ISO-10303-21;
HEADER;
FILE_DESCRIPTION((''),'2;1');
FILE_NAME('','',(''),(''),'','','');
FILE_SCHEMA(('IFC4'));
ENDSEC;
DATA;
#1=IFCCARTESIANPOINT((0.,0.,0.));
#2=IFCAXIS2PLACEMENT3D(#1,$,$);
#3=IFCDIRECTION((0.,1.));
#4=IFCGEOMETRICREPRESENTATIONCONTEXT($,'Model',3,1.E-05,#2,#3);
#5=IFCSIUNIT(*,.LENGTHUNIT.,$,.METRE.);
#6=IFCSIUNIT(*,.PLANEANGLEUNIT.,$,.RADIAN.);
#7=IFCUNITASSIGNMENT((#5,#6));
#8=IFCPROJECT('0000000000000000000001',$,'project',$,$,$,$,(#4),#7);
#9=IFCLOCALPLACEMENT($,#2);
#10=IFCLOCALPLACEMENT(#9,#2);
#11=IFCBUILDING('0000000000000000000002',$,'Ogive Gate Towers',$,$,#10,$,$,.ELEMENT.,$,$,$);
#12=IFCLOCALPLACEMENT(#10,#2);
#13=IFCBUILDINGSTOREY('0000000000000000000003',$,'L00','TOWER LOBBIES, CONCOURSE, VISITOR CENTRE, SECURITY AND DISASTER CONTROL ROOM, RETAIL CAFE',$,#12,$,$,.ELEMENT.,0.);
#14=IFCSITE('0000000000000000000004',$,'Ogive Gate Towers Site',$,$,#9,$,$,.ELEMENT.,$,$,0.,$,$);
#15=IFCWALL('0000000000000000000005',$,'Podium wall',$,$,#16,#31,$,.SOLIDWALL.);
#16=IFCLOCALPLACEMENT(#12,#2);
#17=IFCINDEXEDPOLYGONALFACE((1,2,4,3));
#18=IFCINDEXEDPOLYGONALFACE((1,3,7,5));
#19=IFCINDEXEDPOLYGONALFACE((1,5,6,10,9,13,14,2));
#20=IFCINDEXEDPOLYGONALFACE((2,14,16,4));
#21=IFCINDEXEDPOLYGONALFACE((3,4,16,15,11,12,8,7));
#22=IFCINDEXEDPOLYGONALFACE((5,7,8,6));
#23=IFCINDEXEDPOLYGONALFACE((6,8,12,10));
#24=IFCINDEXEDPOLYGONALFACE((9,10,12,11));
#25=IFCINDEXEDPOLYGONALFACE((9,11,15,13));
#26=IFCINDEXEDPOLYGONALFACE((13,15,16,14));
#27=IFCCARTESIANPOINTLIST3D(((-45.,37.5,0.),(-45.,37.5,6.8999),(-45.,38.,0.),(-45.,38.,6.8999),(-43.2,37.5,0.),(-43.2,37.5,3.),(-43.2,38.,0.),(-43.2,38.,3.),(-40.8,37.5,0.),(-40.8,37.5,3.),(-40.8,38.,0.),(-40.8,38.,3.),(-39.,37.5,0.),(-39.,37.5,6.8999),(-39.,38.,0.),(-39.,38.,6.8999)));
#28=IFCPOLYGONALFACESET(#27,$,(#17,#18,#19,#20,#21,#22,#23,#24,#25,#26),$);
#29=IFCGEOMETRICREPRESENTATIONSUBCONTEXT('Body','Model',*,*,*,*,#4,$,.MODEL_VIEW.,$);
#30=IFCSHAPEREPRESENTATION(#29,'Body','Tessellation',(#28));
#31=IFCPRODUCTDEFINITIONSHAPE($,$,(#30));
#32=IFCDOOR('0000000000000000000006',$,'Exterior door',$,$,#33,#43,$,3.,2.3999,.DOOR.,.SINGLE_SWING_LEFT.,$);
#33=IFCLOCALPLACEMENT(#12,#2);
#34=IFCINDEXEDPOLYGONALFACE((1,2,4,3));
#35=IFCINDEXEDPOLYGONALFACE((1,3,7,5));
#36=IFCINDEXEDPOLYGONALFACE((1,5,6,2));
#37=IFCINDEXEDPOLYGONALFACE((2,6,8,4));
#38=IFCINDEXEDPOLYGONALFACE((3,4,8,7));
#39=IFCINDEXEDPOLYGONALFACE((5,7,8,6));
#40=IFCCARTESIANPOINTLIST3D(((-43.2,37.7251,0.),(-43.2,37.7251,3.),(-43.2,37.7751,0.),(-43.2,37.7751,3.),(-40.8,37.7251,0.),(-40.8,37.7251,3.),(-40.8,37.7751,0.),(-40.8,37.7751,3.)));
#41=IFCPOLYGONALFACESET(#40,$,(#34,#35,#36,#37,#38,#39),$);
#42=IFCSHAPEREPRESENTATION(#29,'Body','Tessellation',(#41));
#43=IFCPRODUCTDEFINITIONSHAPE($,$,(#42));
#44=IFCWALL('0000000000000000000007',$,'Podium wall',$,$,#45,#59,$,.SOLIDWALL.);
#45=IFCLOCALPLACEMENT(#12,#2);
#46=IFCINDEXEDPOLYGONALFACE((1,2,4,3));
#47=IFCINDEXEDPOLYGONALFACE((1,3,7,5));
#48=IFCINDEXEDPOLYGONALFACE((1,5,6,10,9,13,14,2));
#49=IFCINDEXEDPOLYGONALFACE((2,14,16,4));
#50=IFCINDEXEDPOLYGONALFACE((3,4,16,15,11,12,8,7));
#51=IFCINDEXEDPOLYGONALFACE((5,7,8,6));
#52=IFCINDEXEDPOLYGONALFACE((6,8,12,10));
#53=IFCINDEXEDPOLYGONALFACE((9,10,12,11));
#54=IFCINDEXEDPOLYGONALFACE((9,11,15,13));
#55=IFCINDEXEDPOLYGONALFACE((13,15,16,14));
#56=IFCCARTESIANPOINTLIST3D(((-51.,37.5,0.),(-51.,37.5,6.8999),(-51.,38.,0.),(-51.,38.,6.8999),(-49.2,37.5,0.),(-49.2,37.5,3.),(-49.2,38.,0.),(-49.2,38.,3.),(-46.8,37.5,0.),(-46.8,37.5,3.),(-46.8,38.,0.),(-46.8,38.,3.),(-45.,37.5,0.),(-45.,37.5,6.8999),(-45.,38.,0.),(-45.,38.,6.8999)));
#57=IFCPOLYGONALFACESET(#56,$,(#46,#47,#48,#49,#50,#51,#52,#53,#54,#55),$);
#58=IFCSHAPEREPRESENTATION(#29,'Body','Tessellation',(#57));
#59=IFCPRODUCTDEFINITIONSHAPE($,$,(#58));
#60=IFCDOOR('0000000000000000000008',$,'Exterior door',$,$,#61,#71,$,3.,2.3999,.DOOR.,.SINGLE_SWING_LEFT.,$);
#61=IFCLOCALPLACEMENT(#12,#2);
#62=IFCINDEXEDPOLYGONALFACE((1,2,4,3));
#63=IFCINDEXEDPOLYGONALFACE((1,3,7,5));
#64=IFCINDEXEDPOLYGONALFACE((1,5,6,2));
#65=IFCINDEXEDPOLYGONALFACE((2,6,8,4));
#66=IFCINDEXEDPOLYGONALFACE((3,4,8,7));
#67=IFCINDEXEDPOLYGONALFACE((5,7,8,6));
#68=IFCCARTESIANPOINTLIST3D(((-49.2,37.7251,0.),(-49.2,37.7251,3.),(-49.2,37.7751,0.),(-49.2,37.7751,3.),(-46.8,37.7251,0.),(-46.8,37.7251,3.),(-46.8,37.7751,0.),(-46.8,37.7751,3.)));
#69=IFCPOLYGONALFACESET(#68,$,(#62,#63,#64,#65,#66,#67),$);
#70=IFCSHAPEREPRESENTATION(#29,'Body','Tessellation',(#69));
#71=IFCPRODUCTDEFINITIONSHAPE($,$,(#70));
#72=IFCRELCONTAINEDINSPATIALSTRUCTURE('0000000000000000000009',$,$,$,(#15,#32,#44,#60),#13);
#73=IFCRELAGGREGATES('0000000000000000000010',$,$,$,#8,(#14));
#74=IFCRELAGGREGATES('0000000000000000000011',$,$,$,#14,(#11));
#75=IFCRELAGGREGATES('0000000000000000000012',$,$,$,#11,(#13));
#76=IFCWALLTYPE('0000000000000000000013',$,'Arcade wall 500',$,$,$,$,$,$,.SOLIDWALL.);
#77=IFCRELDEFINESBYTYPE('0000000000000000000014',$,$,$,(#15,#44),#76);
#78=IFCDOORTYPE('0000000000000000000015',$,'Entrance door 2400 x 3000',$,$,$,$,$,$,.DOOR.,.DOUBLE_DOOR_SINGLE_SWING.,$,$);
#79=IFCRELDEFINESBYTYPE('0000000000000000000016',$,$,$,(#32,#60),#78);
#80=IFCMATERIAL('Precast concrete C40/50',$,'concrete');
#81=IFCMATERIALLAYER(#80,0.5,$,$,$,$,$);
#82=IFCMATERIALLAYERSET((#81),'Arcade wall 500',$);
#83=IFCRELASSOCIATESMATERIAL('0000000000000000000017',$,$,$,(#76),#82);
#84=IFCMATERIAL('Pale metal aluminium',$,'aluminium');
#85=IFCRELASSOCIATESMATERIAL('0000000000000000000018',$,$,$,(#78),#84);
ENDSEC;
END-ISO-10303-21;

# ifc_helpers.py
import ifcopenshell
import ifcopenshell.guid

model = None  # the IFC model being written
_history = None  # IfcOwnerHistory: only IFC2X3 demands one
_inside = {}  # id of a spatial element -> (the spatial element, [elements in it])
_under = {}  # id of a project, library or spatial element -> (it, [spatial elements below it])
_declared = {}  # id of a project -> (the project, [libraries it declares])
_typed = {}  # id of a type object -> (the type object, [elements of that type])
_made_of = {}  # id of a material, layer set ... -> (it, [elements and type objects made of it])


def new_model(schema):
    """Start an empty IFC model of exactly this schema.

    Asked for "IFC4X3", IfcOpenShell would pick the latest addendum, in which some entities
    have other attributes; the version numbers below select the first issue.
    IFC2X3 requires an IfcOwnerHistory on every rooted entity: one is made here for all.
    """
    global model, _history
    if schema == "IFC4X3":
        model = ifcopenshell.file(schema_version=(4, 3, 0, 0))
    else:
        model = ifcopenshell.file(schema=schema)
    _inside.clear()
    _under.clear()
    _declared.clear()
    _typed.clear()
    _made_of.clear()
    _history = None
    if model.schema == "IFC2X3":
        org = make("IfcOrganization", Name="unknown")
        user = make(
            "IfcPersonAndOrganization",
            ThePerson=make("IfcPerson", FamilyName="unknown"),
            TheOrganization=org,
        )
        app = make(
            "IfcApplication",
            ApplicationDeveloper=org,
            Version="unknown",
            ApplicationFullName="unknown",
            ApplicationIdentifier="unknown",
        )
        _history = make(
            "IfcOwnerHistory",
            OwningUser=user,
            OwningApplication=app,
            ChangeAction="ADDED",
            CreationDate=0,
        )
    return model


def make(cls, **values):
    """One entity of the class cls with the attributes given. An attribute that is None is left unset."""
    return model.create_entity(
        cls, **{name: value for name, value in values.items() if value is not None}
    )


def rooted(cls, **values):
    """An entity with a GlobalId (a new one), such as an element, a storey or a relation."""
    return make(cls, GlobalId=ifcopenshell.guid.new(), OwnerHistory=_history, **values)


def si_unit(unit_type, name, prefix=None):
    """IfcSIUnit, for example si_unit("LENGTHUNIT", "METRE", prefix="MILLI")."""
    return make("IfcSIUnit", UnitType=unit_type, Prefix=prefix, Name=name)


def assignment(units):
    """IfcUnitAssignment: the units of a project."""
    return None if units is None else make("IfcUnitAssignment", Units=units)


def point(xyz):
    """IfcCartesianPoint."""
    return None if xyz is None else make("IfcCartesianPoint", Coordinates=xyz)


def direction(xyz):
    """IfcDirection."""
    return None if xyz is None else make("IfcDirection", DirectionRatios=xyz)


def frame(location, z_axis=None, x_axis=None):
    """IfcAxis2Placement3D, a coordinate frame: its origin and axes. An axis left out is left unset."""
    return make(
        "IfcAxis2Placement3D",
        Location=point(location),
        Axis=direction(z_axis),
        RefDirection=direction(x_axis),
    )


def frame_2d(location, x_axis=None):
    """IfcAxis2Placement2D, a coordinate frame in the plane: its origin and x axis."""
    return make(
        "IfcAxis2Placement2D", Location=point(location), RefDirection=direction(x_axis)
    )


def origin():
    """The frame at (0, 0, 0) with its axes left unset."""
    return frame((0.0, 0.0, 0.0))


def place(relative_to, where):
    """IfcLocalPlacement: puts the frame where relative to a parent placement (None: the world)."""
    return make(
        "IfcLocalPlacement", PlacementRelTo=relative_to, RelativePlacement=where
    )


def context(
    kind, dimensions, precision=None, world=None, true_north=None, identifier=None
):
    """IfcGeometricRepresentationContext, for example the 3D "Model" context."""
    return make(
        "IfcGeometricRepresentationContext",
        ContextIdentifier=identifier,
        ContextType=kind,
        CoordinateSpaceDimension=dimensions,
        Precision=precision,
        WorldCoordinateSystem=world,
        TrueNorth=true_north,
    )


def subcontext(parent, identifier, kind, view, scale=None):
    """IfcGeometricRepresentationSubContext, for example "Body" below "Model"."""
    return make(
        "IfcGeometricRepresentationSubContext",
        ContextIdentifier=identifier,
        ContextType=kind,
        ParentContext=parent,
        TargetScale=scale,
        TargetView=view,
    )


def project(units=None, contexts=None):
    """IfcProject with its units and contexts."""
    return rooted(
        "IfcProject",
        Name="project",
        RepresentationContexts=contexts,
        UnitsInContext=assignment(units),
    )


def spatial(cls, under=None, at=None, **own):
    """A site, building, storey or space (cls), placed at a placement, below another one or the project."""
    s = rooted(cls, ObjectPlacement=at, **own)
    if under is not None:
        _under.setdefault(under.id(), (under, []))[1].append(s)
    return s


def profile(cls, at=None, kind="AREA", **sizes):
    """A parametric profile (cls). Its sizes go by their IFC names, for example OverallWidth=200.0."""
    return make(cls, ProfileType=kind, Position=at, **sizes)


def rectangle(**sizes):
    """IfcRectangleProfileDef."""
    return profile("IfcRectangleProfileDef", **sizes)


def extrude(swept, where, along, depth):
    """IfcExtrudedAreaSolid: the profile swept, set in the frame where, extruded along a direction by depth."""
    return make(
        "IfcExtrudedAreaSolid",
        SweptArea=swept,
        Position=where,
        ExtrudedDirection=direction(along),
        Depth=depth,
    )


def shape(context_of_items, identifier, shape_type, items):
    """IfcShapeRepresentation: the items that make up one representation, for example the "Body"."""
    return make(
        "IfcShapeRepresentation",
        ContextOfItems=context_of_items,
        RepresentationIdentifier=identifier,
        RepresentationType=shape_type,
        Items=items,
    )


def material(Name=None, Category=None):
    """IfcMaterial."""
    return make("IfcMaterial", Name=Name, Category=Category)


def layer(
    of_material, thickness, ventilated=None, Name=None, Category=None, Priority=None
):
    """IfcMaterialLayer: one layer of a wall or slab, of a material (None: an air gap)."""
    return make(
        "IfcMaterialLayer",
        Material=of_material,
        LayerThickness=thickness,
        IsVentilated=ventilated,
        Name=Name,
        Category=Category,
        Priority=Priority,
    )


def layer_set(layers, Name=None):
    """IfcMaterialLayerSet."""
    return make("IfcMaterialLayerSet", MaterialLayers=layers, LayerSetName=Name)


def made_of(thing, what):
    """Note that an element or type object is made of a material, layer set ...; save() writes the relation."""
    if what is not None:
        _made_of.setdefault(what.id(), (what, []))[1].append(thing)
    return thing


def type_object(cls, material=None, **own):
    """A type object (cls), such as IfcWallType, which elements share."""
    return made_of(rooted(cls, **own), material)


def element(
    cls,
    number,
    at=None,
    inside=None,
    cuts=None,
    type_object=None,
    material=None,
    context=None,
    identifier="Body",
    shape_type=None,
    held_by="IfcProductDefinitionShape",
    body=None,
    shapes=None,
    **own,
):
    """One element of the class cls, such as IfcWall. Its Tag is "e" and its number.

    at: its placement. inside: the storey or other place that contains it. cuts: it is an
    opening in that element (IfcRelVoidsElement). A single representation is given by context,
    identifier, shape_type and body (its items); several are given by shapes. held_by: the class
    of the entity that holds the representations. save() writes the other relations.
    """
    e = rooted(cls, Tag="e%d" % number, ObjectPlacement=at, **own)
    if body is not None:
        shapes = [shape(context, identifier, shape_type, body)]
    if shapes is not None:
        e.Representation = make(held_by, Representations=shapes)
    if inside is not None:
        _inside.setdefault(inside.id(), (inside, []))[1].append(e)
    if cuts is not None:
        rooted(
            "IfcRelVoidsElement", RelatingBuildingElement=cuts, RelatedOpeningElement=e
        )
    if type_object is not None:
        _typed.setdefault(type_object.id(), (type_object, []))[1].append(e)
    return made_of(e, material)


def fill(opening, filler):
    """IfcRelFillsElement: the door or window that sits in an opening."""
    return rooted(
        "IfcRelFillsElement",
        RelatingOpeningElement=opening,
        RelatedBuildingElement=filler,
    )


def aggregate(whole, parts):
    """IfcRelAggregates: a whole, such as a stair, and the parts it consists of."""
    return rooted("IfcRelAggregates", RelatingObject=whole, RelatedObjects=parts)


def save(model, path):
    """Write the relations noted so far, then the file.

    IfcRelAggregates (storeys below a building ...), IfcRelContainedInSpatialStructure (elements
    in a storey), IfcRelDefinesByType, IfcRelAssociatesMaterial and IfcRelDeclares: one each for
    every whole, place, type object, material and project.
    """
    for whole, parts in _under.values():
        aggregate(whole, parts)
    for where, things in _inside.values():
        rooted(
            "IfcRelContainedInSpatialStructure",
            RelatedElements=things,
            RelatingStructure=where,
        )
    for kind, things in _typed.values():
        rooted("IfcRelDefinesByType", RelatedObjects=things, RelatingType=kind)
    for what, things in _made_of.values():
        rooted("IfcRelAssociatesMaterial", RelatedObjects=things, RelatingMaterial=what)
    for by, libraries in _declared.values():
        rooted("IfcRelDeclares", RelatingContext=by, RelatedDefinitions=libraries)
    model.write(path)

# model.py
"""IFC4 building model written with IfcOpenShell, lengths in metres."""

from ifc_helpers import new_model, si_unit, direction, frame, frame_2d, origin, place, context, subcontext, project, spatial, rectangle, extrude, material, layer, layer_set, type_object, element, fill, save


model = new_model("IFC4")

# Units and contexts
model_context = context("Model", 3, precision=1e-05, world=origin(), true_north=direction((0.0, 1.0)))
body_context = subcontext(model_context, "Body", "Model", "MODEL_VIEW")
ifc_project = project(units=[si_unit("LENGTHUNIT", "METRE"), si_unit("PLANEANGLEUNIT", "RADIAN")], contexts=[model_context])

# Site, building, storey
site_placement = place(None, origin())
site = spatial("IfcSite", under=ifc_project, at=site_placement, Name="Ogive Gate Towers Site", CompositionType="ELEMENT", RefElevation=0.0)
building_placement = place(site_placement, origin())
building = spatial("IfcBuilding", under=site, at=building_placement, Name="Ogive Gate Towers", CompositionType="ELEMENT")
storey_placement = place(building_placement, origin())
storey = spatial("IfcBuildingStorey", under=building, at=storey_placement, Name="L00", Description="TOWER LOBBIES, CONCOURSE, VISITOR CENTRE, SECURITY AND DISASTER CONTROL ROOM, RETAIL CAFE", CompositionType="ELEMENT", Elevation=0.0)

# Shared definitions
ifc_material_1 = material(Name="Precast concrete C40/50", Category="concrete")

# Shared definitions
ifc_material_2 = material(Name="Pale metal aluminium", Category="aluminium")

# Shared definitions
ifc_layer = layer(ifc_material_1, 0.5)
ifc_layer_set = layer_set([ifc_layer], Name="Arcade wall 500")
wall_type = type_object("IfcWallType", Name="Arcade wall 500", PredefinedType="SOLIDWALL", material=ifc_layer_set)

# Shared definitions
door_type = type_object("IfcDoorType", Name="Entrance door 2400 x 3000", OperationType="DOUBLE_DOOR_SINGLE_SWING", PredefinedType="DOOR", material=ifc_material_2)

# Walls, openings, doors
wall_1_placement = place(storey_placement, frame((-39.0, 37.75, 0.0), z_axis=(0.0, 0.0, 1.0), x_axis=(-1.0, 0.0, 0.0)))
wall_1 = element("IfcWall", 1, at=wall_1_placement, inside=storey, type_object=wall_type, Name="Podium wall", PredefinedType="SOLIDWALL", context=body_context, shape_type="SweptSolid", body=[
    extrude(rectangle(XDim=6.0, YDim=0.5, at=frame_2d((3.0, 0.0))), origin(), (0.0, 0.0, 1.0), 6.8999),
])
opening_1_placement = place(wall_1_placement, frame((1.8, 0.0, 0.0)))
opening_1 = element("IfcOpeningElement", 2, at=opening_1_placement, cuts=wall_1, PredefinedType="OPENING", context=body_context, shape_type="SweptSolid", body=[
    extrude(rectangle(XDim=2.3999, YDim=3.0, at=frame_2d((1.2, 1.5))), frame((0.0, 0.26, 0.0), z_axis=(0.0, -1.0, 0.0), x_axis=(1.0, 0.0, 0.0)), (0.0, 0.0, 1.0), 0.52),
])
door_1_placement = place(opening_1_placement, origin())
door_1 = element("IfcDoor", 3, at=door_1_placement, inside=storey, type_object=door_type, Name="Exterior door", OperationType="SINGLE_SWING_LEFT", OverallHeight=3.0, OverallWidth=2.3999, PredefinedType="DOOR", context=body_context, shape_type="SweptSolid", body=[
    extrude(rectangle(XDim=2.3999, YDim=3.0, at=frame_2d((1.2, 1.5))), frame((0.0, 0.0249, 0.0), z_axis=(0.0, -1.0, 0.0), x_axis=(1.0, 0.0, 0.0)), (0.0, 0.0, 1.0), 0.05),
])
fill(opening_1, door_1)
wall_2_placement = place(storey_placement, frame((-45.0, 37.75, 0.0), z_axis=(0.0, 0.0, 1.0), x_axis=(-1.0, 0.0, 0.0)))
wall_2 = element("IfcWall", 4, at=wall_2_placement, inside=storey, type_object=wall_type, Name="Podium wall", PredefinedType="SOLIDWALL", context=body_context, shape_type="SweptSolid", body=[
    extrude(rectangle(XDim=6.0, YDim=0.5, at=frame_2d((3.0, 0.0))), origin(), (0.0, 0.0, 1.0), 6.8999),
])
opening_2_placement = place(wall_2_placement, frame((1.8, 0.0, 0.0)))
opening_2 = element("IfcOpeningElement", 5, at=opening_2_placement, cuts=wall_2, PredefinedType="OPENING", context=body_context, shape_type="SweptSolid", body=[
    extrude(rectangle(XDim=2.3999, YDim=3.0, at=frame_2d((1.2, 1.5))), frame((0.0, 0.26, 0.0), z_axis=(0.0, -1.0, 0.0), x_axis=(1.0, 0.0, 0.0)), (0.0, 0.0, 1.0), 0.52),
])
door_2_placement = place(opening_2_placement, origin())
door_2 = element("IfcDoor", 6, at=door_2_placement, inside=storey, type_object=door_type, Name="Exterior door", OperationType="SINGLE_SWING_LEFT", OverallHeight=3.0, OverallWidth=2.3999, PredefinedType="DOOR", context=body_context, shape_type="SweptSolid", body=[
    extrude(rectangle(XDim=2.3999, YDim=3.0, at=frame_2d((1.2, 1.5))), frame((0.0, 0.0249, 0.0), z_axis=(0.0, -1.0, 0.0), x_axis=(1.0, 0.0, 0.0)), (0.0, 0.0, 1.0), 0.05),
])
fill(opening_2, door_2)

save(model, "model.ifc")
